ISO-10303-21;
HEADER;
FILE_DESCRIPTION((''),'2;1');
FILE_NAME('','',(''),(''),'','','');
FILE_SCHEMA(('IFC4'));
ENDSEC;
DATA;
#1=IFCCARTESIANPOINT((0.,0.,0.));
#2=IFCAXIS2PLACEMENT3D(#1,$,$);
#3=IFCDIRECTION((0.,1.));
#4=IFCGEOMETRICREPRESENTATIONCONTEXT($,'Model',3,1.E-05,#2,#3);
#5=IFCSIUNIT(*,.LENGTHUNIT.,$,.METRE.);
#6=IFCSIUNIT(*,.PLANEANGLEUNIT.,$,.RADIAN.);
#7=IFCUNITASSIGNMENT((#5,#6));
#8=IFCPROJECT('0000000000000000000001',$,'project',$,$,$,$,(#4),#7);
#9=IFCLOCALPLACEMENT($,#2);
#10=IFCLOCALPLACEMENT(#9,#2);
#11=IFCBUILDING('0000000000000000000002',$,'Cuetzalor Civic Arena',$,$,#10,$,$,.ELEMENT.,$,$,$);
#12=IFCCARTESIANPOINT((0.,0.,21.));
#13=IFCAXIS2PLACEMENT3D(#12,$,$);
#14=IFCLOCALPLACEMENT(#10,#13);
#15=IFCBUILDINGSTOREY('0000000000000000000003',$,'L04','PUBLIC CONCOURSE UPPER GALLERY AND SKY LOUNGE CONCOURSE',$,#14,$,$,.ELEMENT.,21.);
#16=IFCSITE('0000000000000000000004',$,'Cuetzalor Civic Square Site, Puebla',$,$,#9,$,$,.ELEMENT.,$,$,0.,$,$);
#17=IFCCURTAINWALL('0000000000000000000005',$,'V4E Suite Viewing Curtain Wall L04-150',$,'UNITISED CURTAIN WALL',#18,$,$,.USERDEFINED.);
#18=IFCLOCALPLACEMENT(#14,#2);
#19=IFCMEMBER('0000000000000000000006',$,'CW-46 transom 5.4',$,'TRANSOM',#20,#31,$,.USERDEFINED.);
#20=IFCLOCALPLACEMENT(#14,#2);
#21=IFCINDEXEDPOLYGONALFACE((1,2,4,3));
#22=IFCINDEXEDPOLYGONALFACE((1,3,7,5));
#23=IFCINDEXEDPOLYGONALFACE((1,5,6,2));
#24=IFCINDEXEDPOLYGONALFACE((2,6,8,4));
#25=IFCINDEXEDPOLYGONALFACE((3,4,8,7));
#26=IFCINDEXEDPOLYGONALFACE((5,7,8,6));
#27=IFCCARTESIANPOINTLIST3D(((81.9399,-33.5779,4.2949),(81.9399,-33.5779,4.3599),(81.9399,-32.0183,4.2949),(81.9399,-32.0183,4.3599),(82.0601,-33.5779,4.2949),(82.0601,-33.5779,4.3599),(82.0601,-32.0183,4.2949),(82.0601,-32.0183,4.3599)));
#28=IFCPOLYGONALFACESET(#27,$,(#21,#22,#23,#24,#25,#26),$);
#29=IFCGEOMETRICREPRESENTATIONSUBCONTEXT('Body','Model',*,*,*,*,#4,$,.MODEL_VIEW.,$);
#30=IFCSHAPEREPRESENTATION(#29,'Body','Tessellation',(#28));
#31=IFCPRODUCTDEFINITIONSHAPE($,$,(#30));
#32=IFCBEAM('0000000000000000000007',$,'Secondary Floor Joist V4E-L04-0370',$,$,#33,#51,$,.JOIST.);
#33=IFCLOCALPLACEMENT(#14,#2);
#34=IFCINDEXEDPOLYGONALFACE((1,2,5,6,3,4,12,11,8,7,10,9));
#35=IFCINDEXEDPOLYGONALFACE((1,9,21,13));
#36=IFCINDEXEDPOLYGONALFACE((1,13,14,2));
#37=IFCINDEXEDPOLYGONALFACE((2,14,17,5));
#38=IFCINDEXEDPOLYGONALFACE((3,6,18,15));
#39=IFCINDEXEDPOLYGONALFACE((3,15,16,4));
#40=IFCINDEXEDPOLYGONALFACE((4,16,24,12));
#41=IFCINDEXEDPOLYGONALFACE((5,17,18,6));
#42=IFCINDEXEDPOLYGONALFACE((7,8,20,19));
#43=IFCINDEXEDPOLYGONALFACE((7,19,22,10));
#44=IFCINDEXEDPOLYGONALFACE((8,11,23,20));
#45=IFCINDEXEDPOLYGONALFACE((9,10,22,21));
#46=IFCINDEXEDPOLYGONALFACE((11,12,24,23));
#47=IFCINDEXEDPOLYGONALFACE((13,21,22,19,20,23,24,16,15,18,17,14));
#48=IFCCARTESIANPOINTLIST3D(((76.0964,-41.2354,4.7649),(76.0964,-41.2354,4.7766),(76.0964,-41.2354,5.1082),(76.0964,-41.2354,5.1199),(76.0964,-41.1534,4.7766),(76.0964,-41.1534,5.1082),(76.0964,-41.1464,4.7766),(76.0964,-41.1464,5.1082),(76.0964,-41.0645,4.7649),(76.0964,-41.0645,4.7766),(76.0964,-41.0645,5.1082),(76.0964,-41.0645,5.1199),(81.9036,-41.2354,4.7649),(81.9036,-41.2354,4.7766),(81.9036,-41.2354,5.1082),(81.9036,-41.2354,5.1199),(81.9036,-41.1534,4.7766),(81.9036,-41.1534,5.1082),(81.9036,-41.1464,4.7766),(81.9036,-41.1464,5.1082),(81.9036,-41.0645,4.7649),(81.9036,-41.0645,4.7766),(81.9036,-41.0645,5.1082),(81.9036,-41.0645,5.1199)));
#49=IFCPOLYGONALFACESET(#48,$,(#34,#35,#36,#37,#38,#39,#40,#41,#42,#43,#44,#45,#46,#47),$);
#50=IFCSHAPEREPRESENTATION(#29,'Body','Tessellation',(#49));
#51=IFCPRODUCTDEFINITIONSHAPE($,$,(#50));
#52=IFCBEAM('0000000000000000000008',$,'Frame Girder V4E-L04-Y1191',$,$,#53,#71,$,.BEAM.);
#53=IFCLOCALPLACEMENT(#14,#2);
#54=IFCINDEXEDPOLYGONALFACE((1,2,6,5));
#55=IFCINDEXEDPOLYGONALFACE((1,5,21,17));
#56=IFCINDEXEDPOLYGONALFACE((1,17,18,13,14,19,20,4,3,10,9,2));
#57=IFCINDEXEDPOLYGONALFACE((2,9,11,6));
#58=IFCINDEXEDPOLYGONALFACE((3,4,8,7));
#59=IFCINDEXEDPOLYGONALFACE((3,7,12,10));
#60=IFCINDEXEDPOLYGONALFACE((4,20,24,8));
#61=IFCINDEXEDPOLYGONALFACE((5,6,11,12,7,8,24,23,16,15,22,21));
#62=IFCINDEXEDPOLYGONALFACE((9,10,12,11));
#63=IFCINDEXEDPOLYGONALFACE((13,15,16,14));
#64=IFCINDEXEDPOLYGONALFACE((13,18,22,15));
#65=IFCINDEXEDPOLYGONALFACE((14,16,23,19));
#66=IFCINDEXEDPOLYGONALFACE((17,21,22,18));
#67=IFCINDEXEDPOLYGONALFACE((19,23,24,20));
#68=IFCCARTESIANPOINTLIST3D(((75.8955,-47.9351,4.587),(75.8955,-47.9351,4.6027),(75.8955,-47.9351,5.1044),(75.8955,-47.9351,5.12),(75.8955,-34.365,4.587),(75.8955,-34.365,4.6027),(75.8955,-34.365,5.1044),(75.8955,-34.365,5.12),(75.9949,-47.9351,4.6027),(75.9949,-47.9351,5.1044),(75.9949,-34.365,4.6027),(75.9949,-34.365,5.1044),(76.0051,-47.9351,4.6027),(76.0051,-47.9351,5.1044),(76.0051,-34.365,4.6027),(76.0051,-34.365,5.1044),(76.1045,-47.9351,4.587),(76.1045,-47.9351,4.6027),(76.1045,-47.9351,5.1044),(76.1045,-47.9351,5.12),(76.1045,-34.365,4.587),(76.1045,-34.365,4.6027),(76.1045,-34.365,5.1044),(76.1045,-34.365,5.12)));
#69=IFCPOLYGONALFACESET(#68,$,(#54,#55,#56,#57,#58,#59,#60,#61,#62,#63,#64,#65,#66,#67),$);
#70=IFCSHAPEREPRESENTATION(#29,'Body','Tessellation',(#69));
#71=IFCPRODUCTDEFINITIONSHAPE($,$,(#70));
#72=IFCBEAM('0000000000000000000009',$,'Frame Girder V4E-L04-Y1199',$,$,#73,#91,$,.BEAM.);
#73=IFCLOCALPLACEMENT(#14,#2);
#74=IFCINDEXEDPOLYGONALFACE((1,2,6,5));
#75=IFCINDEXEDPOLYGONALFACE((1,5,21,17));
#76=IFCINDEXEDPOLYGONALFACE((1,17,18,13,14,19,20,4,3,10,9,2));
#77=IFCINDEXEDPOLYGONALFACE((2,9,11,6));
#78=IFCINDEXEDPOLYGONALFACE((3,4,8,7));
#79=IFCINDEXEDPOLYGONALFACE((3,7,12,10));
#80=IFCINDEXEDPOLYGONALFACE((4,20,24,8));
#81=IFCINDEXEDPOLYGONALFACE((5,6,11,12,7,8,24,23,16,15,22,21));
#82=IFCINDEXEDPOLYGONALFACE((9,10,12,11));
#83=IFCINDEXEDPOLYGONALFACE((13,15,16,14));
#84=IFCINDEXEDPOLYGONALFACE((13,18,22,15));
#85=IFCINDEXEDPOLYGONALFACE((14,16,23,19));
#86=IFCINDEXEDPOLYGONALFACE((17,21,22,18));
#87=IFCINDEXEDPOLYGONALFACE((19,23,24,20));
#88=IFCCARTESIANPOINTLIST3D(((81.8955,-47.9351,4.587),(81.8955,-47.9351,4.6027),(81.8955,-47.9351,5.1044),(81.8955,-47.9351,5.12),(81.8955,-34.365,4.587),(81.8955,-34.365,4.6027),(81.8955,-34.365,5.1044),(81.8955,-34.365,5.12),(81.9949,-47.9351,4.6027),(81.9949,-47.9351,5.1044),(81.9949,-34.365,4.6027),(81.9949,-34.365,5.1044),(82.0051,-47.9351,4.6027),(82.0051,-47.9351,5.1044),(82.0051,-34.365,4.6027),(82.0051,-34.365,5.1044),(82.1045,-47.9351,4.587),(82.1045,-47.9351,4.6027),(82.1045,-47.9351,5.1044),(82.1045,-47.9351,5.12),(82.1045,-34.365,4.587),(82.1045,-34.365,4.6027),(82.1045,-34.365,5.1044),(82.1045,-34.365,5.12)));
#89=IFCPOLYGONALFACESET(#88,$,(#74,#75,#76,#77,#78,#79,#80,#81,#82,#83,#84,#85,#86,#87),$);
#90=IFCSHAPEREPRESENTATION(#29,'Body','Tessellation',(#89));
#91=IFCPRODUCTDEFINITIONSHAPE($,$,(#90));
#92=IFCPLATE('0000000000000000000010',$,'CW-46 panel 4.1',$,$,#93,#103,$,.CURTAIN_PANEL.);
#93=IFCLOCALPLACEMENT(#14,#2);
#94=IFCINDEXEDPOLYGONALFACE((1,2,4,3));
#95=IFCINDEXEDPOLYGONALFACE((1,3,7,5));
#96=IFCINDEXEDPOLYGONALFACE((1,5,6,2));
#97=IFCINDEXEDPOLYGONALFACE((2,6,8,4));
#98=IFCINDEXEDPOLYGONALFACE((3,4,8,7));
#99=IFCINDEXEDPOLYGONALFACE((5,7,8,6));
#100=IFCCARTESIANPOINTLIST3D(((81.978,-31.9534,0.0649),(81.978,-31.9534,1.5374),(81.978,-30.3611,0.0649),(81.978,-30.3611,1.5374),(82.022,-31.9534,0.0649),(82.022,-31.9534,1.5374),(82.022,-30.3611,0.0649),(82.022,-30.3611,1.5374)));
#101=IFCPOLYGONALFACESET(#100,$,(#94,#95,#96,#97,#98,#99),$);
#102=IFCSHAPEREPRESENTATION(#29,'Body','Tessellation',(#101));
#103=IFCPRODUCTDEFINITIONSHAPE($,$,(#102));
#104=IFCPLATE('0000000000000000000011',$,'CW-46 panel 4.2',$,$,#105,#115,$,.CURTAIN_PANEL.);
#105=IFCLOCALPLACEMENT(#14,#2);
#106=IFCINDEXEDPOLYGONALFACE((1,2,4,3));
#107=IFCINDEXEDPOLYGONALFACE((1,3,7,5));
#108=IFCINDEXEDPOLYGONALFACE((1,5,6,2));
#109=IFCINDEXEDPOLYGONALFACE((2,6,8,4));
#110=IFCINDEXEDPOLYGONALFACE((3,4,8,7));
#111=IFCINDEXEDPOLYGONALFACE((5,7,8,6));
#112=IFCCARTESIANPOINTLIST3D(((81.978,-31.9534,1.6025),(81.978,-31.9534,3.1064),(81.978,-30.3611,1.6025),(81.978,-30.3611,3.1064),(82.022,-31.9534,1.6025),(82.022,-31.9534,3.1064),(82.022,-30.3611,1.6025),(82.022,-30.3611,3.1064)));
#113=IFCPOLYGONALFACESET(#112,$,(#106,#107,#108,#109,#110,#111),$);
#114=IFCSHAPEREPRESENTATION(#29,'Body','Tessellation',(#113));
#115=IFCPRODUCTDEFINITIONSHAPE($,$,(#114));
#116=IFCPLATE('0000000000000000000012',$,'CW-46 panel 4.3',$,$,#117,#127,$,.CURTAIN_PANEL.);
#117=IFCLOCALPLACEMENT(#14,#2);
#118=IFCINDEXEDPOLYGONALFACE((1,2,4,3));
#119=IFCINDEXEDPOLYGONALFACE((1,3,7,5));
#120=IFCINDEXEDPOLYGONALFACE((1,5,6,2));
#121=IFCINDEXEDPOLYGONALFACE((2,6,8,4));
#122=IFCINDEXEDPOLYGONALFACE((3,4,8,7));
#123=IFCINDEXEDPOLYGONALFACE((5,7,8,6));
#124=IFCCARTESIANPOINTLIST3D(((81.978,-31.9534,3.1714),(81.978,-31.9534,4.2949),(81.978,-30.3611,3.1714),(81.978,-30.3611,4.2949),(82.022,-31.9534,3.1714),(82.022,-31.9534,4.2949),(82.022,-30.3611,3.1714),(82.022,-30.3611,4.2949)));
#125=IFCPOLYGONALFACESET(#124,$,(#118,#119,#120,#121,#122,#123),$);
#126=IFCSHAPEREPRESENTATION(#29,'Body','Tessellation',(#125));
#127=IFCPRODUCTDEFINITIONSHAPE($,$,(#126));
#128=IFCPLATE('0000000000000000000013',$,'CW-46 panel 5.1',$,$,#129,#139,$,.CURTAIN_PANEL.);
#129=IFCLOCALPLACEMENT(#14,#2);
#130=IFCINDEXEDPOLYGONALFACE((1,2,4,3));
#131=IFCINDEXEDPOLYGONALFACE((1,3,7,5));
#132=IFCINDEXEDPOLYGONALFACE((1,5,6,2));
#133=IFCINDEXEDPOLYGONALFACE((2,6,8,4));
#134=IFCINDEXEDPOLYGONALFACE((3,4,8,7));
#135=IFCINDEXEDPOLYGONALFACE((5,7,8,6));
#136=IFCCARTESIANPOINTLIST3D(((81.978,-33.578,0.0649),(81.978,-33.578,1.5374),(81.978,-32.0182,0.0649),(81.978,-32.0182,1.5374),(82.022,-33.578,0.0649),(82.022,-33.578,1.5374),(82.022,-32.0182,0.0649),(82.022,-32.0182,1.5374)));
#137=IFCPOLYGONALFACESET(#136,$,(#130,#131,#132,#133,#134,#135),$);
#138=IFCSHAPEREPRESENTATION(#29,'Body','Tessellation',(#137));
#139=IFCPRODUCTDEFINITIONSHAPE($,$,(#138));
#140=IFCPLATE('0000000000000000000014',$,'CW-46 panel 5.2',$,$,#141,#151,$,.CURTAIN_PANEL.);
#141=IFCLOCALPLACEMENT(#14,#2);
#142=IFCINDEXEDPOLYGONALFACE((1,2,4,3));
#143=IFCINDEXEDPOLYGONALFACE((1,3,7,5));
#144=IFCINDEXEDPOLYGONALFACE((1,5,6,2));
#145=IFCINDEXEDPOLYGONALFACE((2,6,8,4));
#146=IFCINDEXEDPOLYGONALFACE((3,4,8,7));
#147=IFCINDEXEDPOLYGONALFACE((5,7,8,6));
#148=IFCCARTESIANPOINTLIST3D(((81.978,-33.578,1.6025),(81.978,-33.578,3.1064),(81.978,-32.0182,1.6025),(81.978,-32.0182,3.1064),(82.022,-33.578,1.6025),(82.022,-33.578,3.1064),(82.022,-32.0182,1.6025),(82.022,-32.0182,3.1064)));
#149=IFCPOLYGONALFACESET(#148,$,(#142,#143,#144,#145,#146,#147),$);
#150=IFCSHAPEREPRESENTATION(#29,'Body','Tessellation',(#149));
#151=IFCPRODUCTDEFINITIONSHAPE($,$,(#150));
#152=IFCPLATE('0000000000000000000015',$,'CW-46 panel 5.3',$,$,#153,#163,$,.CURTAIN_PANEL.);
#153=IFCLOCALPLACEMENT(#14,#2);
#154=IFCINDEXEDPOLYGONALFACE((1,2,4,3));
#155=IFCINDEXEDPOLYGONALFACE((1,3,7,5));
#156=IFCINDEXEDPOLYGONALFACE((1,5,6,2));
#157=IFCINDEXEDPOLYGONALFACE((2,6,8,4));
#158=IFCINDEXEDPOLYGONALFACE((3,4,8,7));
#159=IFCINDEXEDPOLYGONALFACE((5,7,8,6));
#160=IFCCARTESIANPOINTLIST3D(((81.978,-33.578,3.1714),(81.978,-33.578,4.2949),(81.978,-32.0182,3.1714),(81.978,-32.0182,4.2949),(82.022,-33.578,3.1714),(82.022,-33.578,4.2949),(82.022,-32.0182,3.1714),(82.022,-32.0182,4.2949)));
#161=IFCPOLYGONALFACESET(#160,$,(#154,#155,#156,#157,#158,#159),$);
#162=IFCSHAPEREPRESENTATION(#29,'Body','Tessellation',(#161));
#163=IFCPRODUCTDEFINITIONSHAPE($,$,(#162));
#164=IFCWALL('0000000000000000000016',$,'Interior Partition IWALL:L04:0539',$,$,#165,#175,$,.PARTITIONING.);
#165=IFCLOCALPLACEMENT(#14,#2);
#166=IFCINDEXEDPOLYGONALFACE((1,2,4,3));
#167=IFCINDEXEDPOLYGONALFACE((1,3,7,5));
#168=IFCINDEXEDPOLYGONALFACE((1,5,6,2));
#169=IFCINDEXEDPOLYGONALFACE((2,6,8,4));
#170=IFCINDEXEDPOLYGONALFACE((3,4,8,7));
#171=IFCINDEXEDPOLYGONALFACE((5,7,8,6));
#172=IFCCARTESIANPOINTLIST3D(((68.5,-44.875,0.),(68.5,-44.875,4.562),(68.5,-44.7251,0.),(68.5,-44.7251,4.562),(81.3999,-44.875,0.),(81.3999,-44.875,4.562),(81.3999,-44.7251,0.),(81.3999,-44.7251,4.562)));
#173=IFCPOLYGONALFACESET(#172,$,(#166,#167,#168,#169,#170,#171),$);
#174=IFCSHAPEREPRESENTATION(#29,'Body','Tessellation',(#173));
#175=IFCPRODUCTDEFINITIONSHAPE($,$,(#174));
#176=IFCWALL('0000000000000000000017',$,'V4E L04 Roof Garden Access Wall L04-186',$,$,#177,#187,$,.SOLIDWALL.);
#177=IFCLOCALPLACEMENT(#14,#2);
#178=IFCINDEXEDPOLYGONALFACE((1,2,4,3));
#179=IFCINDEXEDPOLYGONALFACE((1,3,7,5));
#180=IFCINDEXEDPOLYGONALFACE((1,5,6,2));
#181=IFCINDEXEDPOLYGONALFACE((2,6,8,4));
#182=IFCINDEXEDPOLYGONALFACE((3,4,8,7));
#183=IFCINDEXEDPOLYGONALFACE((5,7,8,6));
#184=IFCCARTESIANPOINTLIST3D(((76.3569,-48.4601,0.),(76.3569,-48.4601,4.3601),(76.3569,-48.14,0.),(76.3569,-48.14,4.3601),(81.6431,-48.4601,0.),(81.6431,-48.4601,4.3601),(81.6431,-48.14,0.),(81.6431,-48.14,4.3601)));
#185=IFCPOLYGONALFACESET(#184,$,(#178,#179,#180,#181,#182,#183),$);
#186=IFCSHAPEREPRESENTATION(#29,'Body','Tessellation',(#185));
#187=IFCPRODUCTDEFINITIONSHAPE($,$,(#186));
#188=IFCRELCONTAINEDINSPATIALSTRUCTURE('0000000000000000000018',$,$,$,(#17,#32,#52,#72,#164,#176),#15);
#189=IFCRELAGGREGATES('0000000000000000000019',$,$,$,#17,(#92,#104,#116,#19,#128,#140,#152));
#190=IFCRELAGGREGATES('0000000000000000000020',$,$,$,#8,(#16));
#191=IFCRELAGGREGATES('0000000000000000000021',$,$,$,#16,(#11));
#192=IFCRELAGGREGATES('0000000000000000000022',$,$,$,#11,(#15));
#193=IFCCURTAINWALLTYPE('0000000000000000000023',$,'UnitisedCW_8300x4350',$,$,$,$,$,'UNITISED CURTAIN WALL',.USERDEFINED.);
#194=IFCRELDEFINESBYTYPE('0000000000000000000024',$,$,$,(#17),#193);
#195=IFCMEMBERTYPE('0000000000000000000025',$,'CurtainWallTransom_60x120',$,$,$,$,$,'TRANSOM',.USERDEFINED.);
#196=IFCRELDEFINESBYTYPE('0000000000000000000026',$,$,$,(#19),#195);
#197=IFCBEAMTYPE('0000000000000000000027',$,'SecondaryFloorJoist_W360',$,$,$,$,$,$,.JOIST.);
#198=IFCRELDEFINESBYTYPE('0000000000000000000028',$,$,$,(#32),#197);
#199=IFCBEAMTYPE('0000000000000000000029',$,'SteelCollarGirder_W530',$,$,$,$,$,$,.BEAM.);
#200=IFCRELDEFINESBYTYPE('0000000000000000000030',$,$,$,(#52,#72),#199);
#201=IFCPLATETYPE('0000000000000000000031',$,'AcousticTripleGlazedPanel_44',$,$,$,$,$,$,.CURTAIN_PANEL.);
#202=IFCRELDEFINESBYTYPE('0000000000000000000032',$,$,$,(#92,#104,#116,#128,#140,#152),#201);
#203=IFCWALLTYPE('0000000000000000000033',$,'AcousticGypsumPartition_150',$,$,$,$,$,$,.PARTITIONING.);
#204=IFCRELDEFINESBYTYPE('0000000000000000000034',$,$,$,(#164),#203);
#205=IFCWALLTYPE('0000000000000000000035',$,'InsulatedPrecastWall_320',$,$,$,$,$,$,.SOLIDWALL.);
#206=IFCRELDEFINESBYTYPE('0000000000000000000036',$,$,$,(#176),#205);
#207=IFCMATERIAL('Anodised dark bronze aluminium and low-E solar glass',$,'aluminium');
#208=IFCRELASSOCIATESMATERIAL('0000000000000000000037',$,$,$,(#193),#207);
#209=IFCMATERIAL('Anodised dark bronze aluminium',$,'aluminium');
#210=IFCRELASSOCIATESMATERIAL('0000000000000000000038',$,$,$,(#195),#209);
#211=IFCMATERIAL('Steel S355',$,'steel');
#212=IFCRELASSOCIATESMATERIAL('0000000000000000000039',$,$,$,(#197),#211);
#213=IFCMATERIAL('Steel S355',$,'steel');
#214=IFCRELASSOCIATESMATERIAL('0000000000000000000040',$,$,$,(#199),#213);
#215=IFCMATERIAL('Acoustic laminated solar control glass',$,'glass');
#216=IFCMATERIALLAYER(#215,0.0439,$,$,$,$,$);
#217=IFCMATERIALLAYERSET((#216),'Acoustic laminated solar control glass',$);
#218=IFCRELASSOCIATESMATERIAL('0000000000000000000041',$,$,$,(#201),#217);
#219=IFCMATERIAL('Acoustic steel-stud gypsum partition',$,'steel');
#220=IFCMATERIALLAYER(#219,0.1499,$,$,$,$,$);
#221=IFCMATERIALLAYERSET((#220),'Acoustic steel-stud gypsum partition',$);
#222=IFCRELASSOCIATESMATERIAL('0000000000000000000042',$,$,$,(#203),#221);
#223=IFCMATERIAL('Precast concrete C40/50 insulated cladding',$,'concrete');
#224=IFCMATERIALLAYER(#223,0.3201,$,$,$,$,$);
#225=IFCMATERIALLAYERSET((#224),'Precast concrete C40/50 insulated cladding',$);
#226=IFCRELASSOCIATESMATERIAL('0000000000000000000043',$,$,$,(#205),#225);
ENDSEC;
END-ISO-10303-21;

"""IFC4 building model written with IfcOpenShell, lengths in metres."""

from ifc_helpers import new_model, si_unit, direction, frame, frame_2d, origin, origin_2d, place, context, subcontext, project, spatial, rectangle, i_section, extrude, material, layer, layer_set, material_profile, profile_set, type_object, element, aggregate, save


model = new_model("IFC4")

# Units and contexts
model_context = context("Model", 3, precision=1e-05, world=origin(), true_north=direction((0.0, 1.0)))
body_context = subcontext(model_context, "Body", "Model", "MODEL_VIEW")
ifc_project = project(units=[si_unit("LENGTHUNIT", "METRE"), si_unit("PLANEANGLEUNIT", "RADIAN")], contexts=[model_context])

# Site, building, storey
site_placement = place(None, origin())
site = spatial("IfcSite", under=ifc_project, at=site_placement, Name="Cuetzalor Civic Square Site, Puebla", CompositionType="ELEMENT", RefElevation=0.0)
building_placement = place(site_placement, origin())
building = spatial("IfcBuilding", under=site, at=building_placement, Name="Cuetzalor Civic Arena", CompositionType="ELEMENT")
storey_placement = place(building_placement, frame((0.0, 0.0, 21.0)))
storey = spatial("IfcBuildingStorey", under=building, at=storey_placement, Name="L04", Description="PUBLIC CONCOURSE UPPER GALLERY AND SKY LOUNGE CONCOURSE", CompositionType="ELEMENT", Elevation=21.0)

# Curtain wall, member
ifc_material_1 = material(Name="Anodised dark bronze aluminium and low-E solar glass", Category="aluminium")
curtain_wall_type = type_object("IfcCurtainWallType", Name="UnitisedCW_8300x4350", ElementType="UNITISED CURTAIN WALL", PredefinedType="USERDEFINED", material=ifc_material_1)
curtain_wall_placement = place(storey_placement, origin())
curtain_wall = element("IfcCurtainWall", 1, at=curtain_wall_placement, inside=storey, type_object=curtain_wall_type, Name="V4E Suite Viewing Curtain Wall L04-150", ObjectType="UNITISED CURTAIN WALL", PredefinedType="USERDEFINED")
ifc_material_2 = material(Name="Anodised dark bronze aluminium", Category="aluminium")
ifc_material_profile_1 = material_profile(ifc_material_2, rectangle(XDim=0.1201, YDim=0.0649, at=origin_2d()), Name="ALU TRANSOM 65x120")
ifc_profile_set_1 = profile_set([ifc_material_profile_1], Name="Anodised dark bronze aluminium")
member_type_1 = type_object("IfcMemberType", Name="CurtainWallTransom_60x120", ElementType="TRANSOM", PredefinedType="USERDEFINED", material=ifc_profile_set_1)
member_1_placement = place(storey_placement, frame((82.0, -32.0183, 4.3274), z_axis=(0.0, -1.0, 0.0), x_axis=(1.0, 0.0, 0.0)))
member_1 = element("IfcMember", 2, at=member_1_placement, type_object=member_type_1, Name="CW-46 transom 5.4", ObjectType="TRANSOM", PredefinedType="USERDEFINED", context=body_context, shape_type="SweptSolid", body=[
    extrude(rectangle(XDim=0.1201, YDim=0.0649, at=origin_2d()), origin(), (0.0, 0.0, 1.0), 1.5596),
])

# Beams
ifc_material_3 = material(Name="Steel S355", Category="steel")
ifc_material_profile_2 = material_profile(ifc_material_3, i_section(OverallWidth=0.1709, OverallDepth=0.355, WebThickness=0.0071, FlangeThickness=0.0117, at=origin_2d()), Name="W360x51")
ifc_profile_set_2 = profile_set([ifc_material_profile_2], Name="Steel S355")
beam_type_1 = type_object("IfcBeamType", Name="SecondaryFloorJoist_W360", PredefinedType="JOIST", material=ifc_profile_set_2)
beam_placement = place(storey_placement, frame((76.0964, -41.1499, 4.9424), z_axis=(1.0, 0.0, 0.0), x_axis=(0.0, 1.0, 0.0)))
element("IfcBeam", 3, at=beam_placement, inside=storey, type_object=beam_type_1, Name="Secondary Floor Joist V4E-L04-0370", PredefinedType="JOIST", context=body_context, shape_type="SweptSolid", body=[
    extrude(i_section(OverallWidth=0.1709, OverallDepth=0.355, WebThickness=0.0071, FlangeThickness=0.0117, at=origin_2d()), origin(), (0.0, 0.0, 1.0), 5.8071),
])
ifc_material_4 = material(Name="Steel S355", Category="steel")
ifc_material_profile_3 = material_profile(ifc_material_4, i_section(OverallWidth=0.209, OverallDepth=0.533, WebThickness=0.0103, FlangeThickness=0.0156, at=origin_2d()), Name="W530x92")
ifc_profile_set_3 = profile_set([ifc_material_profile_3], Name="Steel S355")
beam_type_2 = type_object("IfcBeamType", Name="SteelCollarGirder_W530", PredefinedType="BEAM", material=ifc_profile_set_3)
for number, where, z_axis, x_axis, name in (
    (4, (76.0, -47.9351, 4.8535), (0.0, 1.0, 0.0), (-1.0, 0.0, 0.0), "Frame Girder V4E-L04-Y1191"),
    (5, (82.0, -47.9351, 4.8535), (0.0, 1.0, 0.0), (-1.0, 0.0, 0.0), "Frame Girder V4E-L04-Y1199"),
):
    element("IfcBeam", number, at=place(storey_placement, frame(where, z_axis=z_axis, x_axis=x_axis)), inside=storey, type_object=beam_type_2, Name=name, PredefinedType="BEAM", context=body_context, shape_type="SweptSolid", body=[
        extrude(i_section(OverallWidth=0.209, OverallDepth=0.533, WebThickness=0.0103, FlangeThickness=0.0156, at=origin_2d()), origin(), (0.0, 0.0, 1.0), 13.5701),
    ])

# Plates
ifc_material_5 = material(Name="Acoustic laminated solar control glass", Category="glass")
ifc_layer_1 = layer(ifc_material_5, 0.0439)
ifc_layer_set_1 = layer_set([ifc_layer_1], Name="Acoustic laminated solar control glass")
plate_type = type_object("IfcPlateType", Name="AcousticTripleGlazedPanel_44", PredefinedType="CURTAIN_PANEL", material=ifc_layer_set_1)
plate_1_placement = place(storey_placement, frame((82.0, -31.1572, 0.0649), z_axis=(0.0, 0.0, 1.0), x_axis=(0.0, -1.0, 0.0)))
plate_1 = element("IfcPlate", 6, at=plate_1_placement, type_object=plate_type, Name="CW-46 panel 4.1", PredefinedType="CURTAIN_PANEL", context=body_context, shape_type="SweptSolid", body=[
    extrude(rectangle(XDim=1.5923, YDim=0.0439, at=origin_2d()), origin(), (0.0, 0.0, 1.0), 1.4724),
])
plate_2_placement = place(storey_placement, frame((82.0, -31.1572, 1.6025), z_axis=(0.0, 0.0, 1.0), x_axis=(0.0, -1.0, 0.0)))
plate_2 = element("IfcPlate", 7, at=plate_2_placement, type_object=plate_type, Name="CW-46 panel 4.2", PredefinedType="CURTAIN_PANEL", context=body_context, shape_type="SweptSolid", body=[
    extrude(rectangle(XDim=1.5923, YDim=0.0439, at=origin_2d()), origin(), (0.0, 0.0, 1.0), 1.5039),
])
plate_3_placement = place(storey_placement, frame((82.0, -31.1572, 3.1714), z_axis=(0.0, 0.0, 1.0), x_axis=(0.0, -1.0, 0.0)))
plate_3 = element("IfcPlate", 8, at=plate_3_placement, type_object=plate_type, Name="CW-46 panel 4.3", PredefinedType="CURTAIN_PANEL", context=body_context, shape_type="SweptSolid", body=[
    extrude(rectangle(XDim=1.5923, YDim=0.0439, at=origin_2d()), origin(), (0.0, 0.0, 1.0), 1.1235),
])
plate_4_placement = place(storey_placement, frame((82.0, -32.7981, 0.0649), z_axis=(0.0, 0.0, 1.0), x_axis=(0.0, -1.0, 0.0)))
plate_4 = element("IfcPlate", 9, at=plate_4_placement, type_object=plate_type, Name="CW-46 panel 5.1", PredefinedType="CURTAIN_PANEL", context=body_context, shape_type="SweptSolid", body=[
    extrude(rectangle(XDim=1.5598, YDim=0.0439, at=origin_2d()), origin(), (0.0, 0.0, 1.0), 1.4724),
])
plate_5_placement = place(storey_placement, frame((82.0, -32.7981, 1.6025), z_axis=(0.0, 0.0, 1.0), x_axis=(0.0, -1.0, 0.0)))
plate_5 = element("IfcPlate", 10, at=plate_5_placement, type_object=plate_type, Name="CW-46 panel 5.2", PredefinedType="CURTAIN_PANEL", context=body_context, shape_type="SweptSolid", body=[
    extrude(rectangle(XDim=1.5598, YDim=0.0439, at=origin_2d()), origin(), (0.0, 0.0, 1.0), 1.5039),
])
plate_6_placement = place(storey_placement, frame((82.0, -32.7981, 3.1714), z_axis=(0.0, 0.0, 1.0), x_axis=(0.0, -1.0, 0.0)))
plate_6 = element("IfcPlate", 11, at=plate_6_placement, type_object=plate_type, Name="CW-46 panel 5.3", PredefinedType="CURTAIN_PANEL", context=body_context, shape_type="SweptSolid", body=[
    extrude(rectangle(XDim=1.5598, YDim=0.0439, at=origin_2d()), origin(), (0.0, 0.0, 1.0), 1.1235),
])
aggregate(curtain_wall, [plate_1, plate_2, plate_3, member_1, plate_4, plate_5, plate_6])

# Wall
ifc_material_6 = material(Name="Acoustic steel-stud gypsum partition", Category="steel")
ifc_layer_2 = layer(ifc_material_6, 0.1499)
ifc_layer_set_2 = layer_set([ifc_layer_2], Name="Acoustic steel-stud gypsum partition")
wall_type_1 = type_object("IfcWallType", Name="AcousticGypsumPartition_150", PredefinedType="PARTITIONING", material=ifc_layer_set_2)
wall_1_placement = place(storey_placement, frame((81.3999, -44.8, 0.0), z_axis=(0.0, 0.0, 1.0), x_axis=(-1.0, 0.0, 0.0)))
element("IfcWall", 12, at=wall_1_placement, inside=storey, type_object=wall_type_1, Name="Interior Partition IWALL:L04:0539", PredefinedType="PARTITIONING", context=body_context, shape_type="SweptSolid", body=[
    extrude(rectangle(XDim=12.8999, YDim=0.1499, at=frame_2d((6.45, 0.0))), origin(), (0.0, 0.0, 1.0), 4.562),
])

# Shared definitions
ifc_material_7 = material(Name="Precast concrete C40/50 insulated cladding", Category="concrete")
ifc_layer_3 = layer(ifc_material_7, 0.3201)
ifc_layer_set_3 = layer_set([ifc_layer_3], Name="Precast concrete C40/50 insulated cladding")
wall_type_2 = type_object("IfcWallType", Name="InsulatedPrecastWall_320", PredefinedType="SOLIDWALL", material=ifc_layer_set_3)

# Wall
wall_2_placement = place(storey_placement, frame((81.6431, -48.3, 0.0), z_axis=(0.0, 0.0, 1.0), x_axis=(-1.0, 0.0, 0.0)))
element("IfcWall", 13, at=wall_2_placement, inside=storey, type_object=wall_type_2, Name="V4E L04 Roof Garden Access Wall L04-186", PredefinedType="SOLIDWALL", context=body_context, shape_type="SweptSolid", body=[
    extrude(rectangle(XDim=5.2861, YDim=0.3201, at=frame_2d((2.6431, 0.0))), origin(), (0.0, 0.0, 1.0), 4.3601),
])

save(model, "model.ifc")
